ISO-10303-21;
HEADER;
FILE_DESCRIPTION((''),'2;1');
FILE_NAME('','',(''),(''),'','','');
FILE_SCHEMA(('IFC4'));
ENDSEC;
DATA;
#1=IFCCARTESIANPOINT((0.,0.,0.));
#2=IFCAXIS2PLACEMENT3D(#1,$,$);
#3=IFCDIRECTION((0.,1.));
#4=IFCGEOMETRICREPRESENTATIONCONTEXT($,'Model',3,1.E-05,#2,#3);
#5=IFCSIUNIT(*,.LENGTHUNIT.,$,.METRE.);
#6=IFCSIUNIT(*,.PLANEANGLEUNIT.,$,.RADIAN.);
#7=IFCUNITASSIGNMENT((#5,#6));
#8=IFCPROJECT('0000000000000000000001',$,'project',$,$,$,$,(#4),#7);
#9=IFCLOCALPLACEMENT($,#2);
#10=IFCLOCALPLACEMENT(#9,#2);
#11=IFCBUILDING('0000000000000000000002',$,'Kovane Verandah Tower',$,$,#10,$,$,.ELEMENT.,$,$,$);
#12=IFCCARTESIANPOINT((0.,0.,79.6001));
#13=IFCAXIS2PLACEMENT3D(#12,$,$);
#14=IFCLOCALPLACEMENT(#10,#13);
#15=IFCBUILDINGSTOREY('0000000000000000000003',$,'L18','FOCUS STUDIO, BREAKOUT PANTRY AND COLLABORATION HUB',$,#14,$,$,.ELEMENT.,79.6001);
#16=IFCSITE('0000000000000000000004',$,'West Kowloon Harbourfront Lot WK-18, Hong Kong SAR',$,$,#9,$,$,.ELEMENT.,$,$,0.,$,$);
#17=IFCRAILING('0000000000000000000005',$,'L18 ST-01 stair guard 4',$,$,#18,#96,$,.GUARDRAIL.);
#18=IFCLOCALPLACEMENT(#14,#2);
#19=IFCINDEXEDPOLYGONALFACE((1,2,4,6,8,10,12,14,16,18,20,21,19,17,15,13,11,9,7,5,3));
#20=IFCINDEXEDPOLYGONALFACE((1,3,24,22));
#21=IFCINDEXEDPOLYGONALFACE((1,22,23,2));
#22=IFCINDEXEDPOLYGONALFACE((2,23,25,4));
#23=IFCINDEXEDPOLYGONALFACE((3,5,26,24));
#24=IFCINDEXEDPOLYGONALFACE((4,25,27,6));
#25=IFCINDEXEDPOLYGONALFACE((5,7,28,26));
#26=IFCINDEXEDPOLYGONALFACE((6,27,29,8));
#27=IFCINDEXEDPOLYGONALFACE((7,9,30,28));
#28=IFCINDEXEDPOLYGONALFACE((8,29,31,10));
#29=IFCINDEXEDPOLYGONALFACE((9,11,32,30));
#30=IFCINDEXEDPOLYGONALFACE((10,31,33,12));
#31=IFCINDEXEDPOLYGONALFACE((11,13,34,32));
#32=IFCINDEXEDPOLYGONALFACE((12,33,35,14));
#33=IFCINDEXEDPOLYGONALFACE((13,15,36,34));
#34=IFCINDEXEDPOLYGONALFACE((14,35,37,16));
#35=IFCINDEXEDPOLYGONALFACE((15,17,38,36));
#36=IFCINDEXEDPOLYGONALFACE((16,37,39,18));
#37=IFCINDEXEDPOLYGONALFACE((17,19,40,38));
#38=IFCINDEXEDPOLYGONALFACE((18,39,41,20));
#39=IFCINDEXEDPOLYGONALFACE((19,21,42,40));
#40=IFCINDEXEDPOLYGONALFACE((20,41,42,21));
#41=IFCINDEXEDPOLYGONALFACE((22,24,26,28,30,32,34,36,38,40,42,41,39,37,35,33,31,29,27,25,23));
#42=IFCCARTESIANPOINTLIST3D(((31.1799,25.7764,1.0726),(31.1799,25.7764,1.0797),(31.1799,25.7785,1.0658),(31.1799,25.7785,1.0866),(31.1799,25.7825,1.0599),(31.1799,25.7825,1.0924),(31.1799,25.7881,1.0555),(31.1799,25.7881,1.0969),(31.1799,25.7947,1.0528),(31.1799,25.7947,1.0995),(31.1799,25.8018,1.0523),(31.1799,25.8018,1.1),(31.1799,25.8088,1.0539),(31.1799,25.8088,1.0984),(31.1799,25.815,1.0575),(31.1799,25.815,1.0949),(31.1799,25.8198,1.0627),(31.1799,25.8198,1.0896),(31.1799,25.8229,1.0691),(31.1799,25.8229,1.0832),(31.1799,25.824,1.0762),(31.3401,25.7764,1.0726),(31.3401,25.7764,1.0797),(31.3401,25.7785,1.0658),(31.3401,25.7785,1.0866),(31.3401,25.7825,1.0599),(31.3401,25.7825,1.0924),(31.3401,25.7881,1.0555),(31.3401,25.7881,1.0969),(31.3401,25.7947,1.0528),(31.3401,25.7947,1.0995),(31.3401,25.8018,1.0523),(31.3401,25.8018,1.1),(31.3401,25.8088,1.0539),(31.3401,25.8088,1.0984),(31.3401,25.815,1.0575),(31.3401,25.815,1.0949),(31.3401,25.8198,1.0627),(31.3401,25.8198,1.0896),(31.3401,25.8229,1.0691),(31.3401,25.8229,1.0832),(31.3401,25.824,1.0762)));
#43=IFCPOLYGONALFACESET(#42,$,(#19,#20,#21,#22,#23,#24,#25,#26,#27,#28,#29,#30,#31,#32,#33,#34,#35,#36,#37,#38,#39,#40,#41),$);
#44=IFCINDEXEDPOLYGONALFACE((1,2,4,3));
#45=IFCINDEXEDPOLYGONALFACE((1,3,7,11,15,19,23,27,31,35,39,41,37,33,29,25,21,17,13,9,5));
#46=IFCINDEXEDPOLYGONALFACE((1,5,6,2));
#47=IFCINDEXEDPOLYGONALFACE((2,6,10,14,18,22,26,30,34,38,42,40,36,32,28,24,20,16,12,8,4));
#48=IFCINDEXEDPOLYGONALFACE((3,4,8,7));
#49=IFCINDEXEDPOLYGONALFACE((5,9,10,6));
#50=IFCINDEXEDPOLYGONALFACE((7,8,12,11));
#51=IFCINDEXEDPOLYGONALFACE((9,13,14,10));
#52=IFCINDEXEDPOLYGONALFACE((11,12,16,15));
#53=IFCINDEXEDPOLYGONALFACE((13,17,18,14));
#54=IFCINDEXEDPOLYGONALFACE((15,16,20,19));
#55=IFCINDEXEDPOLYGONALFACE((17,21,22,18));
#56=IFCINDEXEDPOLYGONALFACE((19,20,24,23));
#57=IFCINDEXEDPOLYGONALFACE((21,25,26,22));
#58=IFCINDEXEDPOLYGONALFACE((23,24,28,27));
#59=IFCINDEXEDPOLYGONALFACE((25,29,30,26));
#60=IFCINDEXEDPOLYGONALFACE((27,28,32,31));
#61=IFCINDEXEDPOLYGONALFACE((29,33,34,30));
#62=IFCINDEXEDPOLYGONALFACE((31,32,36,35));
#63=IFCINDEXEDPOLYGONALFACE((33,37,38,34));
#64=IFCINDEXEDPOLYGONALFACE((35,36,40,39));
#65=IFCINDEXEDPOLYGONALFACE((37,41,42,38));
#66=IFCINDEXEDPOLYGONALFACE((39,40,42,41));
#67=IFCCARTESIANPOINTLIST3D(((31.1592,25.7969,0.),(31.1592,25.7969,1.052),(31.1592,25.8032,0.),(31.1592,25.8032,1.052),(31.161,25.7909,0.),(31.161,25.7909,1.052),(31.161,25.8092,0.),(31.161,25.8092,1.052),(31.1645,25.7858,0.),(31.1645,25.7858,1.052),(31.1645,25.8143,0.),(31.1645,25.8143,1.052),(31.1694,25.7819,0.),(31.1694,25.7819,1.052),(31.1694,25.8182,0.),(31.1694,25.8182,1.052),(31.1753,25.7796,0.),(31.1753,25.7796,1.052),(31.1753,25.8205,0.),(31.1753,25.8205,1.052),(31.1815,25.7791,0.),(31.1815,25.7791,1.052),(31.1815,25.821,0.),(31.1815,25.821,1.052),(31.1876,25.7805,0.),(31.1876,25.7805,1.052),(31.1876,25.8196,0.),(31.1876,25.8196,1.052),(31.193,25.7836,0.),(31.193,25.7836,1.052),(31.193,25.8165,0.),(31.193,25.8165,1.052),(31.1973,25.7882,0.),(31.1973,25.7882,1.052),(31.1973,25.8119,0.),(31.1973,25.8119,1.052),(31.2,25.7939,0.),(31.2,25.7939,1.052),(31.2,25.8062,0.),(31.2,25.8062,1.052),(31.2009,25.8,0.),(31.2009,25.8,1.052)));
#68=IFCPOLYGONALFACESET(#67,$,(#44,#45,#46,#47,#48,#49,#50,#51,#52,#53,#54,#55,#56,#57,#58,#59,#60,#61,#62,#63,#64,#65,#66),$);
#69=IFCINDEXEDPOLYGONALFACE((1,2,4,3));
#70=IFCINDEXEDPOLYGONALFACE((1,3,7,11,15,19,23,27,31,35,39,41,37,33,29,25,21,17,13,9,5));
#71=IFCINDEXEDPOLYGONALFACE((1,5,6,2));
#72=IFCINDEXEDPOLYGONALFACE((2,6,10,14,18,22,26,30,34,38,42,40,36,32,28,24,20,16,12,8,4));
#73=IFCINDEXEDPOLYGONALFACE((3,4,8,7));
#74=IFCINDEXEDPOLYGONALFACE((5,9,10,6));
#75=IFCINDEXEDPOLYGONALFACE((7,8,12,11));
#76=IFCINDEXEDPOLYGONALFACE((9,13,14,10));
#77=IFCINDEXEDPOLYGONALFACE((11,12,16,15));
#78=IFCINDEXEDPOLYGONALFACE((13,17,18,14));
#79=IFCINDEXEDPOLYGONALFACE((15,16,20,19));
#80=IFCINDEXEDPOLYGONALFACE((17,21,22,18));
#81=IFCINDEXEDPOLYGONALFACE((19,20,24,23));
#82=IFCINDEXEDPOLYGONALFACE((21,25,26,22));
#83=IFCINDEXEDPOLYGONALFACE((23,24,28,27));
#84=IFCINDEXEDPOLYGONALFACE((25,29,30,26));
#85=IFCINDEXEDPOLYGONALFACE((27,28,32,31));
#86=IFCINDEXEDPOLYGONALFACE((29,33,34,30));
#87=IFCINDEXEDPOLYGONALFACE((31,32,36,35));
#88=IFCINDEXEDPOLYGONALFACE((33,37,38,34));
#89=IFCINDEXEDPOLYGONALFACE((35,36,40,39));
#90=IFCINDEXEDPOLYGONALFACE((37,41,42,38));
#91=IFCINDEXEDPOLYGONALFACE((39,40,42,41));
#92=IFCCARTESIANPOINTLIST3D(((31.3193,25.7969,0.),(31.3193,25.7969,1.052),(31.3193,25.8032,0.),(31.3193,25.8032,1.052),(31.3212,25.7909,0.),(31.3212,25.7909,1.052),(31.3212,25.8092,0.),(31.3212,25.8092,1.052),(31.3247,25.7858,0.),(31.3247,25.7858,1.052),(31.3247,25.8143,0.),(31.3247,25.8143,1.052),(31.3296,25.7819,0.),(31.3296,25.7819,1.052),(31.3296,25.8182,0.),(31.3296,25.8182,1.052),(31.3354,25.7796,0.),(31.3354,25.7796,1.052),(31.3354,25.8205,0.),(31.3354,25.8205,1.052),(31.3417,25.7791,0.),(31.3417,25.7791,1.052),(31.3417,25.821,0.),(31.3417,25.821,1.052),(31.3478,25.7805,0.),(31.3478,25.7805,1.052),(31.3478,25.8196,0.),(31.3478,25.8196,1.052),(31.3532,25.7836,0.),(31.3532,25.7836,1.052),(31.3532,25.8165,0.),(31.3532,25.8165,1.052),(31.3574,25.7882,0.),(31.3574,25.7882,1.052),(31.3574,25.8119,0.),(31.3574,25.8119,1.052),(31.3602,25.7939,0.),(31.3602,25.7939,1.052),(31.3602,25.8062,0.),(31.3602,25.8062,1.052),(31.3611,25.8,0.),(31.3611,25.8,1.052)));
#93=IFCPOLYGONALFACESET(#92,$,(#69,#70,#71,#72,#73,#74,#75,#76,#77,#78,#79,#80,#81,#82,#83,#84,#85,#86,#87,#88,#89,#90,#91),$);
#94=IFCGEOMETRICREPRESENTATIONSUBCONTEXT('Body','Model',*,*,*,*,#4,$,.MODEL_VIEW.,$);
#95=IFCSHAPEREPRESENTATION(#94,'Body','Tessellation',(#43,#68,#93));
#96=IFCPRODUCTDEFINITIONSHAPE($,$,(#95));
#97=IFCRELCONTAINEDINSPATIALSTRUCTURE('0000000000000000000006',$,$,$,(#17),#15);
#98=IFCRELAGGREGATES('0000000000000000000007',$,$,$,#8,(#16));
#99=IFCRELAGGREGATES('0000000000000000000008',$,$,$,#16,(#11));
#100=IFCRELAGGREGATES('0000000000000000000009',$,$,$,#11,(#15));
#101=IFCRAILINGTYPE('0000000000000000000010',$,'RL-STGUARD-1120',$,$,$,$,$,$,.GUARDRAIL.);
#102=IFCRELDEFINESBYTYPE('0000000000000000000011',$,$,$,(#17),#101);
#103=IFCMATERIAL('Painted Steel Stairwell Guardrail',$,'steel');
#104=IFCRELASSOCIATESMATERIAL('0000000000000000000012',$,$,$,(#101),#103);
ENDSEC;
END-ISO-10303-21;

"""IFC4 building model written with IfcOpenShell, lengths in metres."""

from ifc_helpers import new_model, si_unit, direction, frame, origin, origin_2d, place, context, subcontext, project, spatial, circle, extrude, material, type_object, element, save


model = new_model("IFC4")

# Units and contexts
model_context = context("Model", 3, precision=1e-05, world=origin(), true_north=direction((0.0, 1.0)))
body_context = subcontext(model_context, "Body", "Model", "MODEL_VIEW")
ifc_project = project(units=[si_unit("LENGTHUNIT", "METRE"), si_unit("PLANEANGLEUNIT", "RADIAN")], contexts=[model_context])

# Site, building, storey
site_placement = place(None, origin())
site = spatial("IfcSite", under=ifc_project, at=site_placement, Name="West Kowloon Harbourfront Lot WK-18, Hong Kong SAR", CompositionType="ELEMENT", RefElevation=0.0)
building_placement = place(site_placement, origin())
building = spatial("IfcBuilding", under=site, at=building_placement, Name="Kovane Verandah Tower", CompositionType="ELEMENT")
storey_placement = place(building_placement, frame((0.0, 0.0, 79.6001)))
storey = spatial("IfcBuildingStorey", under=building, at=storey_placement, Name="L18", Description="FOCUS STUDIO, BREAKOUT PANTRY AND COLLABORATION HUB", CompositionType="ELEMENT", Elevation=79.6001)

# Railing
ifc_material_1 = material(Name="Painted Steel Stairwell Guardrail", Category="steel")
railing_type_1 = type_object("IfcRailingType", Name="RL-STGUARD-1120", PredefinedType="GUARDRAIL", material=ifc_material_1)
railing_1_placement = place(storey_placement, frame((31.1799, 25.8, 0.0)))
element("IfcRailing", 1, at=railing_1_placement, inside=storey, type_object=railing_type_1, Name="L18 ST-01 stair guard 4", PredefinedType="GUARDRAIL", context=body_context, shape_type="SweptSolid", body=[
    extrude(circle(Radius=0.0239, at=origin_2d()), frame((0.0, 0.0, 1.0762), z_axis=(1.0, 0.0, 0.0), x_axis=(0.0, 1.0, 0.0)), (0.0, 0.0, 1.0), 0.1602),
    extrude(circle(Radius=0.021, at=origin_2d()), origin(), (0.0, 0.0, 1.0), 1.052),
    extrude(circle(Radius=0.021, at=origin_2d()), frame((0.1602, 0.0, 0.0)), (0.0, 0.0, 1.0), 1.052),
])

save(model, "model.ifc")
